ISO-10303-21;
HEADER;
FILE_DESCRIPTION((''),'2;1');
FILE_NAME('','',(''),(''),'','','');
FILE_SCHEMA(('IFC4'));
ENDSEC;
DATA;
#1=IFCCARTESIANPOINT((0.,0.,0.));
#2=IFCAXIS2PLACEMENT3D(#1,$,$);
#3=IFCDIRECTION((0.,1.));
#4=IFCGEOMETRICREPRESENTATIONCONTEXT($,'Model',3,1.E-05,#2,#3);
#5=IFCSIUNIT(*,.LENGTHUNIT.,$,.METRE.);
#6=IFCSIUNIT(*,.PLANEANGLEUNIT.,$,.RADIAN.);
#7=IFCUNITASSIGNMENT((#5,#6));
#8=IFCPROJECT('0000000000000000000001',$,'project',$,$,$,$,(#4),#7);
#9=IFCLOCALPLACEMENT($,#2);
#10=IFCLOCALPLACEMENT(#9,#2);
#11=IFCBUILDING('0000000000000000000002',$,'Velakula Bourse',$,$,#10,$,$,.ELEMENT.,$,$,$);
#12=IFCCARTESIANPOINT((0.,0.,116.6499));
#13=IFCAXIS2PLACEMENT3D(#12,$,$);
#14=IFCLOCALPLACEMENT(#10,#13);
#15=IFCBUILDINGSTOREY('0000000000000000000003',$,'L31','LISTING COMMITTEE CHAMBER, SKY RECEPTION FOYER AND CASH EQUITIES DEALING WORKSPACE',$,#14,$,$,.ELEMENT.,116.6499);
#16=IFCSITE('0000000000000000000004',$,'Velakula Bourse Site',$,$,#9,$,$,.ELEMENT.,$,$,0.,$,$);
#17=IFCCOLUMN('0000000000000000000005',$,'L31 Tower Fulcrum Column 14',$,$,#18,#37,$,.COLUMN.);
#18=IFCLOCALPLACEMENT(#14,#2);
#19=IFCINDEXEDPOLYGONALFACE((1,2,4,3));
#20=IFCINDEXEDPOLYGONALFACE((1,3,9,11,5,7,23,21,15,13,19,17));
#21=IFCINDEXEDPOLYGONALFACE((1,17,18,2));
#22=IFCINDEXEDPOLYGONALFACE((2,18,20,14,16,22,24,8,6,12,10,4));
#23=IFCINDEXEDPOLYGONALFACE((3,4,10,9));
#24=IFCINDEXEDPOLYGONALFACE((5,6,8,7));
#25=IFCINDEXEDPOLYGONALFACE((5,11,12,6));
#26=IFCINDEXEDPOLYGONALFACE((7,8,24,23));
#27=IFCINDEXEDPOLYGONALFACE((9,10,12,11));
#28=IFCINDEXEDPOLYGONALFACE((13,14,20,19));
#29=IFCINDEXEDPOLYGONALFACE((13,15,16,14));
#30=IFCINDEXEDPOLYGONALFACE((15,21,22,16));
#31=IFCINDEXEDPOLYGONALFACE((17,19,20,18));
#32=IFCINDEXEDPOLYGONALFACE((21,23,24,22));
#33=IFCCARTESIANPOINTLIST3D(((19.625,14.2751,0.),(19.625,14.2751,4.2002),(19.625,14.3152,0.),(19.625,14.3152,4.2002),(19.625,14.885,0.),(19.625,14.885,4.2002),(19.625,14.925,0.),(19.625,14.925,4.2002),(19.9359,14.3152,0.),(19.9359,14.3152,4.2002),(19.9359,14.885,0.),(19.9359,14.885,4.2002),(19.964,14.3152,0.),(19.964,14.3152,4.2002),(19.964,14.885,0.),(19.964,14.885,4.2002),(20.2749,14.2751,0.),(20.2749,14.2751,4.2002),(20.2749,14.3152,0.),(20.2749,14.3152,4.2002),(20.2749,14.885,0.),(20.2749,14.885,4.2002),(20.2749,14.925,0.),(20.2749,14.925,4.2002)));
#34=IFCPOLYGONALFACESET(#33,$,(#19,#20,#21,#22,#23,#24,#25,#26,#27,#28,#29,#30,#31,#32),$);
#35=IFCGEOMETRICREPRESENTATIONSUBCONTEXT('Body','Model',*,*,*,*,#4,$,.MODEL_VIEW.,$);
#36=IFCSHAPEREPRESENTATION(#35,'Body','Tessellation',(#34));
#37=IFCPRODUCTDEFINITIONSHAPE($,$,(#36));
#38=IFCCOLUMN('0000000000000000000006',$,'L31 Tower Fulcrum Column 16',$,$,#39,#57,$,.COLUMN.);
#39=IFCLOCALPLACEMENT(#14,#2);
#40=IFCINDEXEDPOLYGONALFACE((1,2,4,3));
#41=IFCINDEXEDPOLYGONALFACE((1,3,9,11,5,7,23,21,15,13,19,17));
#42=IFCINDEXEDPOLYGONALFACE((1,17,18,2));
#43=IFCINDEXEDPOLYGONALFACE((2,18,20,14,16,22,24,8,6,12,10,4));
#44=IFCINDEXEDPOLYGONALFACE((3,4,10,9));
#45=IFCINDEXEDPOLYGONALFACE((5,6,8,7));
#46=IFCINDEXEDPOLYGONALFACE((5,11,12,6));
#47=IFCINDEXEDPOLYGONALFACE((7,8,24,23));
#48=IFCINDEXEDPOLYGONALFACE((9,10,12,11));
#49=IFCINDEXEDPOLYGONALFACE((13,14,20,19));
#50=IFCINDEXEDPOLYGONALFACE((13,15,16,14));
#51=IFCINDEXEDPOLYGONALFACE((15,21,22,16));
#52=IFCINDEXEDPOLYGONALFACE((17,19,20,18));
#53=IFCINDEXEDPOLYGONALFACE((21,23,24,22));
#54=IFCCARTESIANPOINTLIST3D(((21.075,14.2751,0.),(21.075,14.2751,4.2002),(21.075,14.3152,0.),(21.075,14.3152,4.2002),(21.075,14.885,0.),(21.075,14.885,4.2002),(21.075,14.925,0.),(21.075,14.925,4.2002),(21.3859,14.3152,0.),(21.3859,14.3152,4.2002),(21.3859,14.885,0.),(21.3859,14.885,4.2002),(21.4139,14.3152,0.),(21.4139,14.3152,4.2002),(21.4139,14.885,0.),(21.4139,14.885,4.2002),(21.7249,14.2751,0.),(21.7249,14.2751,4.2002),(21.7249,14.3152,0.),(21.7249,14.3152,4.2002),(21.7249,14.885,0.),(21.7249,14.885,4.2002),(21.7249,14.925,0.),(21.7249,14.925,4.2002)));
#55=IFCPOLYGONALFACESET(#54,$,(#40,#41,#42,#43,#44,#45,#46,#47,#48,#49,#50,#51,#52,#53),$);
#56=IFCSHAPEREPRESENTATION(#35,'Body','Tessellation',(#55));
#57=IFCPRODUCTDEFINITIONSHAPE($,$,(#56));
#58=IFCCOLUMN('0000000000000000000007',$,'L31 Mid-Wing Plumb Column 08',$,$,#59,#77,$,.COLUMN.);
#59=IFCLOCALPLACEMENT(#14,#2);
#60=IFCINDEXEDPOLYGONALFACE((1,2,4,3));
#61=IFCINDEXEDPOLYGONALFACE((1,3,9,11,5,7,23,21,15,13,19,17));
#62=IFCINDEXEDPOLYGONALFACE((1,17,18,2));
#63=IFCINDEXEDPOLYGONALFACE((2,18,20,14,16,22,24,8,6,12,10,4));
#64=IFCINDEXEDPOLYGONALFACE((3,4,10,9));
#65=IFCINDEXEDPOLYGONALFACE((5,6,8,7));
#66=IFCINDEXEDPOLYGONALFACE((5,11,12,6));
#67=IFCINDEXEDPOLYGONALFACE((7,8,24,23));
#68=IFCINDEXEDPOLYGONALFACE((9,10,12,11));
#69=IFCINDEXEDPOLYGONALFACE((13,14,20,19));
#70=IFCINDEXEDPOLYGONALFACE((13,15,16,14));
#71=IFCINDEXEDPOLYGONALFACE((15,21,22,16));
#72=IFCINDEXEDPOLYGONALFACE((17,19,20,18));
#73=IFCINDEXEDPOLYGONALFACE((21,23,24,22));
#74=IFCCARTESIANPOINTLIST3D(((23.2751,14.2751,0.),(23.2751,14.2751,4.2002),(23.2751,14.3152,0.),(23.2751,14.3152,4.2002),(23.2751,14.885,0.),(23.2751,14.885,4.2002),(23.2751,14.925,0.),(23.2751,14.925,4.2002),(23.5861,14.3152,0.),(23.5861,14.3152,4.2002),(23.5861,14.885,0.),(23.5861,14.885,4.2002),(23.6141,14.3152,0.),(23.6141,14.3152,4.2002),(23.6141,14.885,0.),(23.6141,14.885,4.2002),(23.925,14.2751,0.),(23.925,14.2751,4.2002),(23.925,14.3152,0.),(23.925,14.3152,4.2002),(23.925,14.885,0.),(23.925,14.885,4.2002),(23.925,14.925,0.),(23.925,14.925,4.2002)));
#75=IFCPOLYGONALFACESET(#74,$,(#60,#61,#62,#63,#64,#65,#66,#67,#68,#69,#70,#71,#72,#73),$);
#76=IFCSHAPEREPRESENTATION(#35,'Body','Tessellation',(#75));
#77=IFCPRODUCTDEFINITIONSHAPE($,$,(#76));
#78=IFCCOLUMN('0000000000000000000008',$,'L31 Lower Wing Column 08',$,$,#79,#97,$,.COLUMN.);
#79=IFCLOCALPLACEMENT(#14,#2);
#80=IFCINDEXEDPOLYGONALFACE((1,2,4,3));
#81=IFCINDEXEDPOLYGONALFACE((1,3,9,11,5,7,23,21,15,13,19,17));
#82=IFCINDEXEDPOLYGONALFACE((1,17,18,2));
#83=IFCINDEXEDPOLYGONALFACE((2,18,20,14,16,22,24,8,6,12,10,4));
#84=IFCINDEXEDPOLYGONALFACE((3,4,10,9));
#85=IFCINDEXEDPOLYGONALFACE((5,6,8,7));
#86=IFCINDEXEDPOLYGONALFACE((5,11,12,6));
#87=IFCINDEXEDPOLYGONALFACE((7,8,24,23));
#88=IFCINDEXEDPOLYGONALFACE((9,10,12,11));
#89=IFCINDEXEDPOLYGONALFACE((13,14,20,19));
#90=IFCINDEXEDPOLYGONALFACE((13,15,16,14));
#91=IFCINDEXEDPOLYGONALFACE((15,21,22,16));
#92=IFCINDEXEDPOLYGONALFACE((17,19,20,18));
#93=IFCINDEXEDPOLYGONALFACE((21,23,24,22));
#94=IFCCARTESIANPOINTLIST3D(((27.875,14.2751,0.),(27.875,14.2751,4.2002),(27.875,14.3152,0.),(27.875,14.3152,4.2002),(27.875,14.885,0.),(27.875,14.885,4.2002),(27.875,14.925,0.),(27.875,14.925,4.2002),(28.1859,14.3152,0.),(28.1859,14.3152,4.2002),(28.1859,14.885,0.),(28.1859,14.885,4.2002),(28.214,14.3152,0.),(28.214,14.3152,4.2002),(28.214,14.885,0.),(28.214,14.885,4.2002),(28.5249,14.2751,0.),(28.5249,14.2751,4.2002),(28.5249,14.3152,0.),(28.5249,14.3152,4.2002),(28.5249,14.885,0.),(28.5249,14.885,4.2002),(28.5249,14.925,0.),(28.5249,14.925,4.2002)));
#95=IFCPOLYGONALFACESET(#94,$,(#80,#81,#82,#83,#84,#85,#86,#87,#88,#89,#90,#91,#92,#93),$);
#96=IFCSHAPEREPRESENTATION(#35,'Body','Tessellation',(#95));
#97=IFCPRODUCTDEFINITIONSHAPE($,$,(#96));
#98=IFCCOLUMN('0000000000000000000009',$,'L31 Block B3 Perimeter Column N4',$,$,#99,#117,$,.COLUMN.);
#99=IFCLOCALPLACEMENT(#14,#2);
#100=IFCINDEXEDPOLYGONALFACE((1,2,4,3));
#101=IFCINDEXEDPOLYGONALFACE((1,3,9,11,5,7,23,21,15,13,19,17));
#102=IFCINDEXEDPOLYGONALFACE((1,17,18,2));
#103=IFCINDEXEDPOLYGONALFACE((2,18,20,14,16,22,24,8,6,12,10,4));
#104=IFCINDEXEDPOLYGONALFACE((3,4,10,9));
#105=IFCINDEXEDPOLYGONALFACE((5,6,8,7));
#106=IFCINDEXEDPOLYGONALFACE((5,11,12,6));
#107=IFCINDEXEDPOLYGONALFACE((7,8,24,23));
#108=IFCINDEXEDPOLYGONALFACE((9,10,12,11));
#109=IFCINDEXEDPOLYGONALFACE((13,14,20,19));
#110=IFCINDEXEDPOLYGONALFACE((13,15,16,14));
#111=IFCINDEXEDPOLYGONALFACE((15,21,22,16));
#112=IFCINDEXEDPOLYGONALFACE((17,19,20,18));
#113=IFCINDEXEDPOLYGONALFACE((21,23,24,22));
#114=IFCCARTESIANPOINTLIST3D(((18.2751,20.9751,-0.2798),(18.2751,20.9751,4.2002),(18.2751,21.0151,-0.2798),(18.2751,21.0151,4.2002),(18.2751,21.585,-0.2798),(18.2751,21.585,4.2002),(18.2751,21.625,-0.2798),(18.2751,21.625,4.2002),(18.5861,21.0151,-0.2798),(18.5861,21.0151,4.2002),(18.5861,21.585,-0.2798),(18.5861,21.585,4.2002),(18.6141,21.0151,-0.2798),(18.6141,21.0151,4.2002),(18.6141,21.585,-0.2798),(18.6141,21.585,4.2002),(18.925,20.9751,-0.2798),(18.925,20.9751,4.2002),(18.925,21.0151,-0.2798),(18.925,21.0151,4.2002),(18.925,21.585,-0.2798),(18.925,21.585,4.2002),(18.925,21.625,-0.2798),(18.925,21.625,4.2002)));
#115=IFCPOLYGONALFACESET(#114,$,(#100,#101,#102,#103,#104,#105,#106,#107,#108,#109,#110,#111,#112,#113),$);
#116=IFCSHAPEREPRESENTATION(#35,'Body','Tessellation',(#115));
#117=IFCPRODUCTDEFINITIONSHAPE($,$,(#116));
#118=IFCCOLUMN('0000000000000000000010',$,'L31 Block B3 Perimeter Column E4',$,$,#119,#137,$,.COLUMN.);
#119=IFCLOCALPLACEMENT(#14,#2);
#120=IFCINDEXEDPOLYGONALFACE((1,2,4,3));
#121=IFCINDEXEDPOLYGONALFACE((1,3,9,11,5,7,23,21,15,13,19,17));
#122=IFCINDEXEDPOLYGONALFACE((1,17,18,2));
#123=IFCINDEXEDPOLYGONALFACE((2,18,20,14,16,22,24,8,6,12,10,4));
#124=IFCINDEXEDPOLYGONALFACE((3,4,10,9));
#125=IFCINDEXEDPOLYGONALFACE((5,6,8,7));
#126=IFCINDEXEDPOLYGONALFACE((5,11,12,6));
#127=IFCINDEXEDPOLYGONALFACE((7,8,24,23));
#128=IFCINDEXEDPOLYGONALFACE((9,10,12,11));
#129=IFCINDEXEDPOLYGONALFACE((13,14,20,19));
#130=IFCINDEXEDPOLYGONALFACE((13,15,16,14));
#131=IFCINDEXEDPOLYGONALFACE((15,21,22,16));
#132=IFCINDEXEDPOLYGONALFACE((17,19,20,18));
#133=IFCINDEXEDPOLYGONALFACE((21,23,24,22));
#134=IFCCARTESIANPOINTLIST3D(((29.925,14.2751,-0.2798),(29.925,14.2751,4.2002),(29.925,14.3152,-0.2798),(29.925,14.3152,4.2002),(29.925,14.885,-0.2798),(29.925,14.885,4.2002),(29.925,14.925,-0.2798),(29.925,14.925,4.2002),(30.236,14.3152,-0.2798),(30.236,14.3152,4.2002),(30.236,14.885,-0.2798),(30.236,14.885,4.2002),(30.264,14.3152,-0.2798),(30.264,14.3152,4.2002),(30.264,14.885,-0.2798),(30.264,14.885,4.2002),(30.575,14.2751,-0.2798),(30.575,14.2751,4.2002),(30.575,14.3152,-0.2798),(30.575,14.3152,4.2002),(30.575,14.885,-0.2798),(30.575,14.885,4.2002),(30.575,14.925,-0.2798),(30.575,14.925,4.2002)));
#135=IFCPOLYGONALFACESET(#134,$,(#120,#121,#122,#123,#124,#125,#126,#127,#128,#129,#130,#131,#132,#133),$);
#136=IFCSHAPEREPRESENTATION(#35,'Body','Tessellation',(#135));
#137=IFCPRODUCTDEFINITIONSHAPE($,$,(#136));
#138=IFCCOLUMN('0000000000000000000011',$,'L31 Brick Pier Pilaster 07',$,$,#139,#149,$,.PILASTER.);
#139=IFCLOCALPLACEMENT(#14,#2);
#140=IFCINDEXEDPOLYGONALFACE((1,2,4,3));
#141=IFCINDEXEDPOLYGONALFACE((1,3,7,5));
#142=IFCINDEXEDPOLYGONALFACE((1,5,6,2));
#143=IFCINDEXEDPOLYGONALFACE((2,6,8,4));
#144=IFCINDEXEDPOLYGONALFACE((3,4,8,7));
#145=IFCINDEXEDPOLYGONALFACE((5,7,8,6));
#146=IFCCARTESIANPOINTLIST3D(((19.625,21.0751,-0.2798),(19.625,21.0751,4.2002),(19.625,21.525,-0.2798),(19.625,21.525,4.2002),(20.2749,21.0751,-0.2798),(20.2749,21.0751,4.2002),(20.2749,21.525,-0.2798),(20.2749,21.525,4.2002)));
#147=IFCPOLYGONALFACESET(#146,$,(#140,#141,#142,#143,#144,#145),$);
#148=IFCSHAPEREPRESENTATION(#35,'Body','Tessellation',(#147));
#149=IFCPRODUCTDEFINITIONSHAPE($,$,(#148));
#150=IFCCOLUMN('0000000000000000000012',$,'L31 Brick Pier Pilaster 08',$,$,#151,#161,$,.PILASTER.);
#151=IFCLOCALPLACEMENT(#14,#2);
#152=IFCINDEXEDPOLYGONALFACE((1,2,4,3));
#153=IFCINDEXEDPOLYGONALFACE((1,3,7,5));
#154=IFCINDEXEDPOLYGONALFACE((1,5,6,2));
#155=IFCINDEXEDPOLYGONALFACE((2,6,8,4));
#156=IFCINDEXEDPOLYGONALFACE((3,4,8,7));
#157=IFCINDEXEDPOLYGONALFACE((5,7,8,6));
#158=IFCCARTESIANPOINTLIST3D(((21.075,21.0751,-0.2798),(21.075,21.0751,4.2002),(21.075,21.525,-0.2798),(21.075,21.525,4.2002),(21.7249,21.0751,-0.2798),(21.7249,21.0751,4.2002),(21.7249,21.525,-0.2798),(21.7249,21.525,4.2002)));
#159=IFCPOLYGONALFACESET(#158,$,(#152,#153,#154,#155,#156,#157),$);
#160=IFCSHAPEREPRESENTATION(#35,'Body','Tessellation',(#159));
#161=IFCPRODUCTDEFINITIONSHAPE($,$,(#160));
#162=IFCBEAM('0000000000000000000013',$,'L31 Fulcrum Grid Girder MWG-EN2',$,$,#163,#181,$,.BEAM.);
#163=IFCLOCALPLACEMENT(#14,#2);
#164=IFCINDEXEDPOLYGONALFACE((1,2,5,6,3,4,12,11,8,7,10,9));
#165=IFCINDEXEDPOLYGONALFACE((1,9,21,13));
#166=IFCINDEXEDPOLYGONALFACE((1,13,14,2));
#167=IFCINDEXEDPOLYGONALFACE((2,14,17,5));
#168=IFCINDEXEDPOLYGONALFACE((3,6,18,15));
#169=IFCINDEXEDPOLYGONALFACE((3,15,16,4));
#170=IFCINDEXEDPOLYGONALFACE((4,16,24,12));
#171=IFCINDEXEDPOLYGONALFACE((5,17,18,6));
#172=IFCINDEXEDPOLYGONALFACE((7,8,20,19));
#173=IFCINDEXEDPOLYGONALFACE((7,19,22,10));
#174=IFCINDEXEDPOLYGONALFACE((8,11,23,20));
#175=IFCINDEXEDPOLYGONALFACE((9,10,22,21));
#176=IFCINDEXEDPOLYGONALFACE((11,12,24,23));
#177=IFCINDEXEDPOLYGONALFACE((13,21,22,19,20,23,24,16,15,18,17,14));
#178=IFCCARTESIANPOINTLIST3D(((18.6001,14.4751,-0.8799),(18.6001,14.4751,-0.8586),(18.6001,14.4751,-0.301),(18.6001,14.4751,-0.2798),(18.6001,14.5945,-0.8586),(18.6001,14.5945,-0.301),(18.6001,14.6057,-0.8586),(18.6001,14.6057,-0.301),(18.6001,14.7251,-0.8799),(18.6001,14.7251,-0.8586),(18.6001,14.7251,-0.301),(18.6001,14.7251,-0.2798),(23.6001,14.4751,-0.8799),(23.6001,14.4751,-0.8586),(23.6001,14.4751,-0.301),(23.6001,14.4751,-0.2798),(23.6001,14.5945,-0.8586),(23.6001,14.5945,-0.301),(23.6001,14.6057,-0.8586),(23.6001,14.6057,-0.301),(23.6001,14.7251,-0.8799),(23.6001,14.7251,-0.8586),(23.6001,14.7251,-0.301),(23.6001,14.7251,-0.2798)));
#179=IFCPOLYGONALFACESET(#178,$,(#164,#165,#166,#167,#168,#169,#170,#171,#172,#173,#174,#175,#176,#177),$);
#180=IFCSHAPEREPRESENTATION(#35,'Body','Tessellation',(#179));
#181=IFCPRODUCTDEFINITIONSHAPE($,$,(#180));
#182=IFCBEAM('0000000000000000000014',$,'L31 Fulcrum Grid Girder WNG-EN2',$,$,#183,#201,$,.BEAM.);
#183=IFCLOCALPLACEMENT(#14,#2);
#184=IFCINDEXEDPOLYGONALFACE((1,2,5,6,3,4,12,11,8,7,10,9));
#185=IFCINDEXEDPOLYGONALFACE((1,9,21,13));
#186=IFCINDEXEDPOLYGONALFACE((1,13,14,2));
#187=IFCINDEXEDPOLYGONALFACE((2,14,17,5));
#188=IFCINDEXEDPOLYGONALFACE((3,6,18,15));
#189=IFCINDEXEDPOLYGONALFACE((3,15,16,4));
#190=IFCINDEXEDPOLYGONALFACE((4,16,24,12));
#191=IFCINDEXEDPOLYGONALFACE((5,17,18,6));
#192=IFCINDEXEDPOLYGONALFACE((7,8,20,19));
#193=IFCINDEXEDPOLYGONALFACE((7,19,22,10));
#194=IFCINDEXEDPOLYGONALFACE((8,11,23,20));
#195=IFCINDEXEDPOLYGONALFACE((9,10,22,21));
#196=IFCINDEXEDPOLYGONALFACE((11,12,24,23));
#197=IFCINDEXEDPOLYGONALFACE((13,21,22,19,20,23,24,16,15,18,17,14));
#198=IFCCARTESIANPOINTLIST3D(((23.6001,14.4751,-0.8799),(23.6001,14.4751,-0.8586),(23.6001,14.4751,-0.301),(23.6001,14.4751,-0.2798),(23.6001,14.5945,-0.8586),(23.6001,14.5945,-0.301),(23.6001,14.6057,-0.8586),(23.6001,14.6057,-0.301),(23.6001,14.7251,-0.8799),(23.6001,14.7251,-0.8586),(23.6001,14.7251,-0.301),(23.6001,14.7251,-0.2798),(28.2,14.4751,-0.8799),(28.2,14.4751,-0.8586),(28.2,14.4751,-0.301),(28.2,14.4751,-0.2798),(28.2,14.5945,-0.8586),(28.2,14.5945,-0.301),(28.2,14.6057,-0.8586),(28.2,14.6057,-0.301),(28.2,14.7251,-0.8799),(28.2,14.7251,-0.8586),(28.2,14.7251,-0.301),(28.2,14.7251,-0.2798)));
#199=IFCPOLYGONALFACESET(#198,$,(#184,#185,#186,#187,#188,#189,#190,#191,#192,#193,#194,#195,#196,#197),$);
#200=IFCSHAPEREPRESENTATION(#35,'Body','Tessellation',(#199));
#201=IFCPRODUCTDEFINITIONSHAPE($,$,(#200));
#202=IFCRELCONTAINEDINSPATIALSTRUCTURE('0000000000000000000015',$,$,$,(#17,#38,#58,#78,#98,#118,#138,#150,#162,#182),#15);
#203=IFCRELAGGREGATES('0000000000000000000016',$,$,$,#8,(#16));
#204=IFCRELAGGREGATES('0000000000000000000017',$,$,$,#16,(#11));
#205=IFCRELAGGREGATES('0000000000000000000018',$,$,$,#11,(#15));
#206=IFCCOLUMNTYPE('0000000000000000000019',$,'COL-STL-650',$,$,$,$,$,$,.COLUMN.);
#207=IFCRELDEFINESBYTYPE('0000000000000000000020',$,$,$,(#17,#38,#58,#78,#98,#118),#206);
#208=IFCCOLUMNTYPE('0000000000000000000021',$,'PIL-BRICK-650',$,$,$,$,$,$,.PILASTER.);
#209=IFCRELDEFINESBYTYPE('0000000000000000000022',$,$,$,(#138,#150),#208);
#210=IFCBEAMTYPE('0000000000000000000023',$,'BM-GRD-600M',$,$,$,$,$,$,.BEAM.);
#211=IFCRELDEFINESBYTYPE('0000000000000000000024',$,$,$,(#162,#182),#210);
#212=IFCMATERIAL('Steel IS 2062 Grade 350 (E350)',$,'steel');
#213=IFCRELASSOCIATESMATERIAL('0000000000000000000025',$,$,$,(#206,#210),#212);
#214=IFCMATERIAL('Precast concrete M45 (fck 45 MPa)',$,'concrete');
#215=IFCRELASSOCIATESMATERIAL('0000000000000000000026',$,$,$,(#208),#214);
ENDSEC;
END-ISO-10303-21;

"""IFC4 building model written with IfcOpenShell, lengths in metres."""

from ifc_helpers import new_model, si_unit, direction, frame, origin, origin_2d, place, context, subcontext, project, spatial, rectangle, i_section, extrude, material, material_profile, profile_set, type_object, element, save


model = new_model("IFC4")

# Units and contexts
model_context = context("Model", 3, precision=1e-05, world=origin(), true_north=direction((0.0, 1.0)))
body_context = subcontext(model_context, "Body", "Model", "MODEL_VIEW")
ifc_project = project(units=[si_unit("LENGTHUNIT", "METRE"), si_unit("PLANEANGLEUNIT", "RADIAN")], contexts=[model_context])

# Site, building, storey
site_placement = place(None, origin())
site = spatial("IfcSite", under=ifc_project, at=site_placement, Name="Velakula Bourse Site", CompositionType="ELEMENT", RefElevation=0.0)
building_placement = place(site_placement, origin())
building = spatial("IfcBuilding", under=site, at=building_placement, Name="Velakula Bourse", CompositionType="ELEMENT")
storey_placement = place(building_placement, frame((0.0, 0.0, 116.6499)))
storey = spatial("IfcBuildingStorey", under=building, at=storey_placement, Name="L31", Description="LISTING COMMITTEE CHAMBER, SKY RECEPTION FOYER AND CASH EQUITIES DEALING WORKSPACE", CompositionType="ELEMENT", Elevation=116.6499)

# Columns
ifc_material_1 = material(Name="Steel IS 2062 Grade 350 (E350)", Category="steel")
ifc_material_profile_1 = material_profile(ifc_material_1, i_section(OverallWidth=0.6499, OverallDepth=0.6499, WebThickness=0.0281, FlangeThickness=0.04, at=origin_2d()), Name="Steel IS 2062 Grade 350 (E350)")
ifc_profile_set_1 = profile_set([ifc_material_profile_1], Name="Steel IS 2062 Grade 350 (E350)")
column_type_1 = type_object("IfcColumnType", Name="COL-STL-650", PredefinedType="COLUMN", material=ifc_profile_set_1)
for number, where, z_axis, x_axis, name in (
    (1, (19.95, 14.6001, 0.0), (0.0, 0.0, 1.0), (1.0, 0.0, 0.0), "L31 Tower Fulcrum Column 14"),
    (2, (21.3999, 14.6001, 0.0), (0.0, 0.0, 1.0), (1.0, 0.0, 0.0), "L31 Tower Fulcrum Column 16"),
    (3, (23.6001, 14.6001, 0.0), (0.0, 0.0, 1.0), (1.0, 0.0, 0.0), "L31 Mid-Wing Plumb Column 08"),
    (4, (28.2, 14.6001, 0.0), (0.0, 0.0, 1.0), (1.0, 0.0, 0.0), "L31 Lower Wing Column 08"),
):
    element("IfcColumn", number, at=place(storey_placement, frame(where, z_axis=z_axis, x_axis=x_axis)), inside=storey, type_object=column_type_1, Name=name, PredefinedType="COLUMN", context=body_context, shape_type="SweptSolid", body=[
        extrude(i_section(OverallWidth=0.6499, OverallDepth=0.6499, WebThickness=0.0281, FlangeThickness=0.04, at=origin_2d()), origin(), (0.0, 0.0, 1.0), 4.2002),
    ])
for number, where, z_axis, x_axis, name in (
    (5, (18.6001, 21.3, -0.2798), (0.0, 0.0, 1.0), (1.0, 0.0, 0.0), "L31 Block B3 Perimeter Column N4"),
    (6, (30.25, 14.6001, -0.2798), (0.0, 0.0, 1.0), (1.0, 0.0, 0.0), "L31 Block B3 Perimeter Column E4"),
):
    element("IfcColumn", number, at=place(storey_placement, frame(where, z_axis=z_axis, x_axis=x_axis)), inside=storey, type_object=column_type_1, Name=name, PredefinedType="COLUMN", context=body_context, shape_type="SweptSolid", body=[
        extrude(i_section(OverallWidth=0.6499, OverallDepth=0.6499, WebThickness=0.0281, FlangeThickness=0.04, at=origin_2d()), origin(), (0.0, 0.0, 1.0), 4.48),
    ])
ifc_material_2 = material(Name="Precast concrete M45 (fck 45 MPa)", Category="concrete")
ifc_material_profile_2 = material_profile(ifc_material_2, rectangle(XDim=0.6499, YDim=0.45, at=origin_2d()), Name="Precast concrete M45 (fck 45 MPa)")
ifc_profile_set_2 = profile_set([ifc_material_profile_2], Name="Precast concrete M45 (fck 45 MPa)")
column_type_2 = type_object("IfcColumnType", Name="PIL-BRICK-650", PredefinedType="PILASTER", material=ifc_profile_set_2)
for number, where, z_axis, x_axis, name in (
    (7, (19.95, 21.3, -0.2798), (0.0, 0.0, 1.0), (1.0, 0.0, 0.0), "L31 Brick Pier Pilaster 07"),
    (8, (21.3999, 21.3, -0.2798), (0.0, 0.0, 1.0), (1.0, 0.0, 0.0), "L31 Brick Pier Pilaster 08"),
):
    element("IfcColumn", number, at=place(storey_placement, frame(where, z_axis=z_axis, x_axis=x_axis)), inside=storey, type_object=column_type_2, Name=name, PredefinedType="PILASTER", context=body_context, shape_type="SweptSolid", body=[
        extrude(rectangle(XDim=0.6499, YDim=0.45, at=origin_2d()), origin(), (0.0, 0.0, 1.0), 4.48),
    ])

# Beams
ifc_material_profile_3 = material_profile(ifc_material_1, i_section(OverallWidth=0.25, OverallDepth=0.6001, WebThickness=0.0112, FlangeThickness=0.0212, at=origin_2d()), Name="Steel IS 2062 Grade 350 (E350)")
ifc_profile_set_3 = profile_set([ifc_material_profile_3], Name="Steel IS 2062 Grade 350 (E350)")
beam_type_1 = type_object("IfcBeamType", Name="BM-GRD-600M", PredefinedType="BEAM", material=ifc_profile_set_3)
beam_1_placement = place(storey_placement, frame((18.6001, 14.6001, -0.5798), z_axis=(1.0, 0.0, 0.0), x_axis=(0.0, 1.0, 0.0)))
element("IfcBeam", 9, at=beam_1_placement, inside=storey, type_object=beam_type_1, Name="L31 Fulcrum Grid Girder MWG-EN2", PredefinedType="BEAM", context=body_context, shape_type="SweptSolid", body=[
    extrude(i_section(OverallWidth=0.25, OverallDepth=0.6001, WebThickness=0.0112, FlangeThickness=0.0212, at=origin_2d()), origin(), (0.0, 0.0, 1.0), 5.0),
])
beam_2_placement = place(storey_placement, frame((23.6001, 14.6001, -0.5798), z_axis=(1.0, 0.0, 0.0), x_axis=(0.0, 1.0, 0.0)))
element("IfcBeam", 10, at=beam_2_placement, inside=storey, type_object=beam_type_1, Name="L31 Fulcrum Grid Girder WNG-EN2", PredefinedType="BEAM", context=body_context, shape_type="SweptSolid", body=[
    extrude(i_section(OverallWidth=0.25, OverallDepth=0.6001, WebThickness=0.0112, FlangeThickness=0.0212, at=origin_2d()), origin(), (0.0, 0.0, 1.0), 4.5999),
])

save(model, "model.ifc")
